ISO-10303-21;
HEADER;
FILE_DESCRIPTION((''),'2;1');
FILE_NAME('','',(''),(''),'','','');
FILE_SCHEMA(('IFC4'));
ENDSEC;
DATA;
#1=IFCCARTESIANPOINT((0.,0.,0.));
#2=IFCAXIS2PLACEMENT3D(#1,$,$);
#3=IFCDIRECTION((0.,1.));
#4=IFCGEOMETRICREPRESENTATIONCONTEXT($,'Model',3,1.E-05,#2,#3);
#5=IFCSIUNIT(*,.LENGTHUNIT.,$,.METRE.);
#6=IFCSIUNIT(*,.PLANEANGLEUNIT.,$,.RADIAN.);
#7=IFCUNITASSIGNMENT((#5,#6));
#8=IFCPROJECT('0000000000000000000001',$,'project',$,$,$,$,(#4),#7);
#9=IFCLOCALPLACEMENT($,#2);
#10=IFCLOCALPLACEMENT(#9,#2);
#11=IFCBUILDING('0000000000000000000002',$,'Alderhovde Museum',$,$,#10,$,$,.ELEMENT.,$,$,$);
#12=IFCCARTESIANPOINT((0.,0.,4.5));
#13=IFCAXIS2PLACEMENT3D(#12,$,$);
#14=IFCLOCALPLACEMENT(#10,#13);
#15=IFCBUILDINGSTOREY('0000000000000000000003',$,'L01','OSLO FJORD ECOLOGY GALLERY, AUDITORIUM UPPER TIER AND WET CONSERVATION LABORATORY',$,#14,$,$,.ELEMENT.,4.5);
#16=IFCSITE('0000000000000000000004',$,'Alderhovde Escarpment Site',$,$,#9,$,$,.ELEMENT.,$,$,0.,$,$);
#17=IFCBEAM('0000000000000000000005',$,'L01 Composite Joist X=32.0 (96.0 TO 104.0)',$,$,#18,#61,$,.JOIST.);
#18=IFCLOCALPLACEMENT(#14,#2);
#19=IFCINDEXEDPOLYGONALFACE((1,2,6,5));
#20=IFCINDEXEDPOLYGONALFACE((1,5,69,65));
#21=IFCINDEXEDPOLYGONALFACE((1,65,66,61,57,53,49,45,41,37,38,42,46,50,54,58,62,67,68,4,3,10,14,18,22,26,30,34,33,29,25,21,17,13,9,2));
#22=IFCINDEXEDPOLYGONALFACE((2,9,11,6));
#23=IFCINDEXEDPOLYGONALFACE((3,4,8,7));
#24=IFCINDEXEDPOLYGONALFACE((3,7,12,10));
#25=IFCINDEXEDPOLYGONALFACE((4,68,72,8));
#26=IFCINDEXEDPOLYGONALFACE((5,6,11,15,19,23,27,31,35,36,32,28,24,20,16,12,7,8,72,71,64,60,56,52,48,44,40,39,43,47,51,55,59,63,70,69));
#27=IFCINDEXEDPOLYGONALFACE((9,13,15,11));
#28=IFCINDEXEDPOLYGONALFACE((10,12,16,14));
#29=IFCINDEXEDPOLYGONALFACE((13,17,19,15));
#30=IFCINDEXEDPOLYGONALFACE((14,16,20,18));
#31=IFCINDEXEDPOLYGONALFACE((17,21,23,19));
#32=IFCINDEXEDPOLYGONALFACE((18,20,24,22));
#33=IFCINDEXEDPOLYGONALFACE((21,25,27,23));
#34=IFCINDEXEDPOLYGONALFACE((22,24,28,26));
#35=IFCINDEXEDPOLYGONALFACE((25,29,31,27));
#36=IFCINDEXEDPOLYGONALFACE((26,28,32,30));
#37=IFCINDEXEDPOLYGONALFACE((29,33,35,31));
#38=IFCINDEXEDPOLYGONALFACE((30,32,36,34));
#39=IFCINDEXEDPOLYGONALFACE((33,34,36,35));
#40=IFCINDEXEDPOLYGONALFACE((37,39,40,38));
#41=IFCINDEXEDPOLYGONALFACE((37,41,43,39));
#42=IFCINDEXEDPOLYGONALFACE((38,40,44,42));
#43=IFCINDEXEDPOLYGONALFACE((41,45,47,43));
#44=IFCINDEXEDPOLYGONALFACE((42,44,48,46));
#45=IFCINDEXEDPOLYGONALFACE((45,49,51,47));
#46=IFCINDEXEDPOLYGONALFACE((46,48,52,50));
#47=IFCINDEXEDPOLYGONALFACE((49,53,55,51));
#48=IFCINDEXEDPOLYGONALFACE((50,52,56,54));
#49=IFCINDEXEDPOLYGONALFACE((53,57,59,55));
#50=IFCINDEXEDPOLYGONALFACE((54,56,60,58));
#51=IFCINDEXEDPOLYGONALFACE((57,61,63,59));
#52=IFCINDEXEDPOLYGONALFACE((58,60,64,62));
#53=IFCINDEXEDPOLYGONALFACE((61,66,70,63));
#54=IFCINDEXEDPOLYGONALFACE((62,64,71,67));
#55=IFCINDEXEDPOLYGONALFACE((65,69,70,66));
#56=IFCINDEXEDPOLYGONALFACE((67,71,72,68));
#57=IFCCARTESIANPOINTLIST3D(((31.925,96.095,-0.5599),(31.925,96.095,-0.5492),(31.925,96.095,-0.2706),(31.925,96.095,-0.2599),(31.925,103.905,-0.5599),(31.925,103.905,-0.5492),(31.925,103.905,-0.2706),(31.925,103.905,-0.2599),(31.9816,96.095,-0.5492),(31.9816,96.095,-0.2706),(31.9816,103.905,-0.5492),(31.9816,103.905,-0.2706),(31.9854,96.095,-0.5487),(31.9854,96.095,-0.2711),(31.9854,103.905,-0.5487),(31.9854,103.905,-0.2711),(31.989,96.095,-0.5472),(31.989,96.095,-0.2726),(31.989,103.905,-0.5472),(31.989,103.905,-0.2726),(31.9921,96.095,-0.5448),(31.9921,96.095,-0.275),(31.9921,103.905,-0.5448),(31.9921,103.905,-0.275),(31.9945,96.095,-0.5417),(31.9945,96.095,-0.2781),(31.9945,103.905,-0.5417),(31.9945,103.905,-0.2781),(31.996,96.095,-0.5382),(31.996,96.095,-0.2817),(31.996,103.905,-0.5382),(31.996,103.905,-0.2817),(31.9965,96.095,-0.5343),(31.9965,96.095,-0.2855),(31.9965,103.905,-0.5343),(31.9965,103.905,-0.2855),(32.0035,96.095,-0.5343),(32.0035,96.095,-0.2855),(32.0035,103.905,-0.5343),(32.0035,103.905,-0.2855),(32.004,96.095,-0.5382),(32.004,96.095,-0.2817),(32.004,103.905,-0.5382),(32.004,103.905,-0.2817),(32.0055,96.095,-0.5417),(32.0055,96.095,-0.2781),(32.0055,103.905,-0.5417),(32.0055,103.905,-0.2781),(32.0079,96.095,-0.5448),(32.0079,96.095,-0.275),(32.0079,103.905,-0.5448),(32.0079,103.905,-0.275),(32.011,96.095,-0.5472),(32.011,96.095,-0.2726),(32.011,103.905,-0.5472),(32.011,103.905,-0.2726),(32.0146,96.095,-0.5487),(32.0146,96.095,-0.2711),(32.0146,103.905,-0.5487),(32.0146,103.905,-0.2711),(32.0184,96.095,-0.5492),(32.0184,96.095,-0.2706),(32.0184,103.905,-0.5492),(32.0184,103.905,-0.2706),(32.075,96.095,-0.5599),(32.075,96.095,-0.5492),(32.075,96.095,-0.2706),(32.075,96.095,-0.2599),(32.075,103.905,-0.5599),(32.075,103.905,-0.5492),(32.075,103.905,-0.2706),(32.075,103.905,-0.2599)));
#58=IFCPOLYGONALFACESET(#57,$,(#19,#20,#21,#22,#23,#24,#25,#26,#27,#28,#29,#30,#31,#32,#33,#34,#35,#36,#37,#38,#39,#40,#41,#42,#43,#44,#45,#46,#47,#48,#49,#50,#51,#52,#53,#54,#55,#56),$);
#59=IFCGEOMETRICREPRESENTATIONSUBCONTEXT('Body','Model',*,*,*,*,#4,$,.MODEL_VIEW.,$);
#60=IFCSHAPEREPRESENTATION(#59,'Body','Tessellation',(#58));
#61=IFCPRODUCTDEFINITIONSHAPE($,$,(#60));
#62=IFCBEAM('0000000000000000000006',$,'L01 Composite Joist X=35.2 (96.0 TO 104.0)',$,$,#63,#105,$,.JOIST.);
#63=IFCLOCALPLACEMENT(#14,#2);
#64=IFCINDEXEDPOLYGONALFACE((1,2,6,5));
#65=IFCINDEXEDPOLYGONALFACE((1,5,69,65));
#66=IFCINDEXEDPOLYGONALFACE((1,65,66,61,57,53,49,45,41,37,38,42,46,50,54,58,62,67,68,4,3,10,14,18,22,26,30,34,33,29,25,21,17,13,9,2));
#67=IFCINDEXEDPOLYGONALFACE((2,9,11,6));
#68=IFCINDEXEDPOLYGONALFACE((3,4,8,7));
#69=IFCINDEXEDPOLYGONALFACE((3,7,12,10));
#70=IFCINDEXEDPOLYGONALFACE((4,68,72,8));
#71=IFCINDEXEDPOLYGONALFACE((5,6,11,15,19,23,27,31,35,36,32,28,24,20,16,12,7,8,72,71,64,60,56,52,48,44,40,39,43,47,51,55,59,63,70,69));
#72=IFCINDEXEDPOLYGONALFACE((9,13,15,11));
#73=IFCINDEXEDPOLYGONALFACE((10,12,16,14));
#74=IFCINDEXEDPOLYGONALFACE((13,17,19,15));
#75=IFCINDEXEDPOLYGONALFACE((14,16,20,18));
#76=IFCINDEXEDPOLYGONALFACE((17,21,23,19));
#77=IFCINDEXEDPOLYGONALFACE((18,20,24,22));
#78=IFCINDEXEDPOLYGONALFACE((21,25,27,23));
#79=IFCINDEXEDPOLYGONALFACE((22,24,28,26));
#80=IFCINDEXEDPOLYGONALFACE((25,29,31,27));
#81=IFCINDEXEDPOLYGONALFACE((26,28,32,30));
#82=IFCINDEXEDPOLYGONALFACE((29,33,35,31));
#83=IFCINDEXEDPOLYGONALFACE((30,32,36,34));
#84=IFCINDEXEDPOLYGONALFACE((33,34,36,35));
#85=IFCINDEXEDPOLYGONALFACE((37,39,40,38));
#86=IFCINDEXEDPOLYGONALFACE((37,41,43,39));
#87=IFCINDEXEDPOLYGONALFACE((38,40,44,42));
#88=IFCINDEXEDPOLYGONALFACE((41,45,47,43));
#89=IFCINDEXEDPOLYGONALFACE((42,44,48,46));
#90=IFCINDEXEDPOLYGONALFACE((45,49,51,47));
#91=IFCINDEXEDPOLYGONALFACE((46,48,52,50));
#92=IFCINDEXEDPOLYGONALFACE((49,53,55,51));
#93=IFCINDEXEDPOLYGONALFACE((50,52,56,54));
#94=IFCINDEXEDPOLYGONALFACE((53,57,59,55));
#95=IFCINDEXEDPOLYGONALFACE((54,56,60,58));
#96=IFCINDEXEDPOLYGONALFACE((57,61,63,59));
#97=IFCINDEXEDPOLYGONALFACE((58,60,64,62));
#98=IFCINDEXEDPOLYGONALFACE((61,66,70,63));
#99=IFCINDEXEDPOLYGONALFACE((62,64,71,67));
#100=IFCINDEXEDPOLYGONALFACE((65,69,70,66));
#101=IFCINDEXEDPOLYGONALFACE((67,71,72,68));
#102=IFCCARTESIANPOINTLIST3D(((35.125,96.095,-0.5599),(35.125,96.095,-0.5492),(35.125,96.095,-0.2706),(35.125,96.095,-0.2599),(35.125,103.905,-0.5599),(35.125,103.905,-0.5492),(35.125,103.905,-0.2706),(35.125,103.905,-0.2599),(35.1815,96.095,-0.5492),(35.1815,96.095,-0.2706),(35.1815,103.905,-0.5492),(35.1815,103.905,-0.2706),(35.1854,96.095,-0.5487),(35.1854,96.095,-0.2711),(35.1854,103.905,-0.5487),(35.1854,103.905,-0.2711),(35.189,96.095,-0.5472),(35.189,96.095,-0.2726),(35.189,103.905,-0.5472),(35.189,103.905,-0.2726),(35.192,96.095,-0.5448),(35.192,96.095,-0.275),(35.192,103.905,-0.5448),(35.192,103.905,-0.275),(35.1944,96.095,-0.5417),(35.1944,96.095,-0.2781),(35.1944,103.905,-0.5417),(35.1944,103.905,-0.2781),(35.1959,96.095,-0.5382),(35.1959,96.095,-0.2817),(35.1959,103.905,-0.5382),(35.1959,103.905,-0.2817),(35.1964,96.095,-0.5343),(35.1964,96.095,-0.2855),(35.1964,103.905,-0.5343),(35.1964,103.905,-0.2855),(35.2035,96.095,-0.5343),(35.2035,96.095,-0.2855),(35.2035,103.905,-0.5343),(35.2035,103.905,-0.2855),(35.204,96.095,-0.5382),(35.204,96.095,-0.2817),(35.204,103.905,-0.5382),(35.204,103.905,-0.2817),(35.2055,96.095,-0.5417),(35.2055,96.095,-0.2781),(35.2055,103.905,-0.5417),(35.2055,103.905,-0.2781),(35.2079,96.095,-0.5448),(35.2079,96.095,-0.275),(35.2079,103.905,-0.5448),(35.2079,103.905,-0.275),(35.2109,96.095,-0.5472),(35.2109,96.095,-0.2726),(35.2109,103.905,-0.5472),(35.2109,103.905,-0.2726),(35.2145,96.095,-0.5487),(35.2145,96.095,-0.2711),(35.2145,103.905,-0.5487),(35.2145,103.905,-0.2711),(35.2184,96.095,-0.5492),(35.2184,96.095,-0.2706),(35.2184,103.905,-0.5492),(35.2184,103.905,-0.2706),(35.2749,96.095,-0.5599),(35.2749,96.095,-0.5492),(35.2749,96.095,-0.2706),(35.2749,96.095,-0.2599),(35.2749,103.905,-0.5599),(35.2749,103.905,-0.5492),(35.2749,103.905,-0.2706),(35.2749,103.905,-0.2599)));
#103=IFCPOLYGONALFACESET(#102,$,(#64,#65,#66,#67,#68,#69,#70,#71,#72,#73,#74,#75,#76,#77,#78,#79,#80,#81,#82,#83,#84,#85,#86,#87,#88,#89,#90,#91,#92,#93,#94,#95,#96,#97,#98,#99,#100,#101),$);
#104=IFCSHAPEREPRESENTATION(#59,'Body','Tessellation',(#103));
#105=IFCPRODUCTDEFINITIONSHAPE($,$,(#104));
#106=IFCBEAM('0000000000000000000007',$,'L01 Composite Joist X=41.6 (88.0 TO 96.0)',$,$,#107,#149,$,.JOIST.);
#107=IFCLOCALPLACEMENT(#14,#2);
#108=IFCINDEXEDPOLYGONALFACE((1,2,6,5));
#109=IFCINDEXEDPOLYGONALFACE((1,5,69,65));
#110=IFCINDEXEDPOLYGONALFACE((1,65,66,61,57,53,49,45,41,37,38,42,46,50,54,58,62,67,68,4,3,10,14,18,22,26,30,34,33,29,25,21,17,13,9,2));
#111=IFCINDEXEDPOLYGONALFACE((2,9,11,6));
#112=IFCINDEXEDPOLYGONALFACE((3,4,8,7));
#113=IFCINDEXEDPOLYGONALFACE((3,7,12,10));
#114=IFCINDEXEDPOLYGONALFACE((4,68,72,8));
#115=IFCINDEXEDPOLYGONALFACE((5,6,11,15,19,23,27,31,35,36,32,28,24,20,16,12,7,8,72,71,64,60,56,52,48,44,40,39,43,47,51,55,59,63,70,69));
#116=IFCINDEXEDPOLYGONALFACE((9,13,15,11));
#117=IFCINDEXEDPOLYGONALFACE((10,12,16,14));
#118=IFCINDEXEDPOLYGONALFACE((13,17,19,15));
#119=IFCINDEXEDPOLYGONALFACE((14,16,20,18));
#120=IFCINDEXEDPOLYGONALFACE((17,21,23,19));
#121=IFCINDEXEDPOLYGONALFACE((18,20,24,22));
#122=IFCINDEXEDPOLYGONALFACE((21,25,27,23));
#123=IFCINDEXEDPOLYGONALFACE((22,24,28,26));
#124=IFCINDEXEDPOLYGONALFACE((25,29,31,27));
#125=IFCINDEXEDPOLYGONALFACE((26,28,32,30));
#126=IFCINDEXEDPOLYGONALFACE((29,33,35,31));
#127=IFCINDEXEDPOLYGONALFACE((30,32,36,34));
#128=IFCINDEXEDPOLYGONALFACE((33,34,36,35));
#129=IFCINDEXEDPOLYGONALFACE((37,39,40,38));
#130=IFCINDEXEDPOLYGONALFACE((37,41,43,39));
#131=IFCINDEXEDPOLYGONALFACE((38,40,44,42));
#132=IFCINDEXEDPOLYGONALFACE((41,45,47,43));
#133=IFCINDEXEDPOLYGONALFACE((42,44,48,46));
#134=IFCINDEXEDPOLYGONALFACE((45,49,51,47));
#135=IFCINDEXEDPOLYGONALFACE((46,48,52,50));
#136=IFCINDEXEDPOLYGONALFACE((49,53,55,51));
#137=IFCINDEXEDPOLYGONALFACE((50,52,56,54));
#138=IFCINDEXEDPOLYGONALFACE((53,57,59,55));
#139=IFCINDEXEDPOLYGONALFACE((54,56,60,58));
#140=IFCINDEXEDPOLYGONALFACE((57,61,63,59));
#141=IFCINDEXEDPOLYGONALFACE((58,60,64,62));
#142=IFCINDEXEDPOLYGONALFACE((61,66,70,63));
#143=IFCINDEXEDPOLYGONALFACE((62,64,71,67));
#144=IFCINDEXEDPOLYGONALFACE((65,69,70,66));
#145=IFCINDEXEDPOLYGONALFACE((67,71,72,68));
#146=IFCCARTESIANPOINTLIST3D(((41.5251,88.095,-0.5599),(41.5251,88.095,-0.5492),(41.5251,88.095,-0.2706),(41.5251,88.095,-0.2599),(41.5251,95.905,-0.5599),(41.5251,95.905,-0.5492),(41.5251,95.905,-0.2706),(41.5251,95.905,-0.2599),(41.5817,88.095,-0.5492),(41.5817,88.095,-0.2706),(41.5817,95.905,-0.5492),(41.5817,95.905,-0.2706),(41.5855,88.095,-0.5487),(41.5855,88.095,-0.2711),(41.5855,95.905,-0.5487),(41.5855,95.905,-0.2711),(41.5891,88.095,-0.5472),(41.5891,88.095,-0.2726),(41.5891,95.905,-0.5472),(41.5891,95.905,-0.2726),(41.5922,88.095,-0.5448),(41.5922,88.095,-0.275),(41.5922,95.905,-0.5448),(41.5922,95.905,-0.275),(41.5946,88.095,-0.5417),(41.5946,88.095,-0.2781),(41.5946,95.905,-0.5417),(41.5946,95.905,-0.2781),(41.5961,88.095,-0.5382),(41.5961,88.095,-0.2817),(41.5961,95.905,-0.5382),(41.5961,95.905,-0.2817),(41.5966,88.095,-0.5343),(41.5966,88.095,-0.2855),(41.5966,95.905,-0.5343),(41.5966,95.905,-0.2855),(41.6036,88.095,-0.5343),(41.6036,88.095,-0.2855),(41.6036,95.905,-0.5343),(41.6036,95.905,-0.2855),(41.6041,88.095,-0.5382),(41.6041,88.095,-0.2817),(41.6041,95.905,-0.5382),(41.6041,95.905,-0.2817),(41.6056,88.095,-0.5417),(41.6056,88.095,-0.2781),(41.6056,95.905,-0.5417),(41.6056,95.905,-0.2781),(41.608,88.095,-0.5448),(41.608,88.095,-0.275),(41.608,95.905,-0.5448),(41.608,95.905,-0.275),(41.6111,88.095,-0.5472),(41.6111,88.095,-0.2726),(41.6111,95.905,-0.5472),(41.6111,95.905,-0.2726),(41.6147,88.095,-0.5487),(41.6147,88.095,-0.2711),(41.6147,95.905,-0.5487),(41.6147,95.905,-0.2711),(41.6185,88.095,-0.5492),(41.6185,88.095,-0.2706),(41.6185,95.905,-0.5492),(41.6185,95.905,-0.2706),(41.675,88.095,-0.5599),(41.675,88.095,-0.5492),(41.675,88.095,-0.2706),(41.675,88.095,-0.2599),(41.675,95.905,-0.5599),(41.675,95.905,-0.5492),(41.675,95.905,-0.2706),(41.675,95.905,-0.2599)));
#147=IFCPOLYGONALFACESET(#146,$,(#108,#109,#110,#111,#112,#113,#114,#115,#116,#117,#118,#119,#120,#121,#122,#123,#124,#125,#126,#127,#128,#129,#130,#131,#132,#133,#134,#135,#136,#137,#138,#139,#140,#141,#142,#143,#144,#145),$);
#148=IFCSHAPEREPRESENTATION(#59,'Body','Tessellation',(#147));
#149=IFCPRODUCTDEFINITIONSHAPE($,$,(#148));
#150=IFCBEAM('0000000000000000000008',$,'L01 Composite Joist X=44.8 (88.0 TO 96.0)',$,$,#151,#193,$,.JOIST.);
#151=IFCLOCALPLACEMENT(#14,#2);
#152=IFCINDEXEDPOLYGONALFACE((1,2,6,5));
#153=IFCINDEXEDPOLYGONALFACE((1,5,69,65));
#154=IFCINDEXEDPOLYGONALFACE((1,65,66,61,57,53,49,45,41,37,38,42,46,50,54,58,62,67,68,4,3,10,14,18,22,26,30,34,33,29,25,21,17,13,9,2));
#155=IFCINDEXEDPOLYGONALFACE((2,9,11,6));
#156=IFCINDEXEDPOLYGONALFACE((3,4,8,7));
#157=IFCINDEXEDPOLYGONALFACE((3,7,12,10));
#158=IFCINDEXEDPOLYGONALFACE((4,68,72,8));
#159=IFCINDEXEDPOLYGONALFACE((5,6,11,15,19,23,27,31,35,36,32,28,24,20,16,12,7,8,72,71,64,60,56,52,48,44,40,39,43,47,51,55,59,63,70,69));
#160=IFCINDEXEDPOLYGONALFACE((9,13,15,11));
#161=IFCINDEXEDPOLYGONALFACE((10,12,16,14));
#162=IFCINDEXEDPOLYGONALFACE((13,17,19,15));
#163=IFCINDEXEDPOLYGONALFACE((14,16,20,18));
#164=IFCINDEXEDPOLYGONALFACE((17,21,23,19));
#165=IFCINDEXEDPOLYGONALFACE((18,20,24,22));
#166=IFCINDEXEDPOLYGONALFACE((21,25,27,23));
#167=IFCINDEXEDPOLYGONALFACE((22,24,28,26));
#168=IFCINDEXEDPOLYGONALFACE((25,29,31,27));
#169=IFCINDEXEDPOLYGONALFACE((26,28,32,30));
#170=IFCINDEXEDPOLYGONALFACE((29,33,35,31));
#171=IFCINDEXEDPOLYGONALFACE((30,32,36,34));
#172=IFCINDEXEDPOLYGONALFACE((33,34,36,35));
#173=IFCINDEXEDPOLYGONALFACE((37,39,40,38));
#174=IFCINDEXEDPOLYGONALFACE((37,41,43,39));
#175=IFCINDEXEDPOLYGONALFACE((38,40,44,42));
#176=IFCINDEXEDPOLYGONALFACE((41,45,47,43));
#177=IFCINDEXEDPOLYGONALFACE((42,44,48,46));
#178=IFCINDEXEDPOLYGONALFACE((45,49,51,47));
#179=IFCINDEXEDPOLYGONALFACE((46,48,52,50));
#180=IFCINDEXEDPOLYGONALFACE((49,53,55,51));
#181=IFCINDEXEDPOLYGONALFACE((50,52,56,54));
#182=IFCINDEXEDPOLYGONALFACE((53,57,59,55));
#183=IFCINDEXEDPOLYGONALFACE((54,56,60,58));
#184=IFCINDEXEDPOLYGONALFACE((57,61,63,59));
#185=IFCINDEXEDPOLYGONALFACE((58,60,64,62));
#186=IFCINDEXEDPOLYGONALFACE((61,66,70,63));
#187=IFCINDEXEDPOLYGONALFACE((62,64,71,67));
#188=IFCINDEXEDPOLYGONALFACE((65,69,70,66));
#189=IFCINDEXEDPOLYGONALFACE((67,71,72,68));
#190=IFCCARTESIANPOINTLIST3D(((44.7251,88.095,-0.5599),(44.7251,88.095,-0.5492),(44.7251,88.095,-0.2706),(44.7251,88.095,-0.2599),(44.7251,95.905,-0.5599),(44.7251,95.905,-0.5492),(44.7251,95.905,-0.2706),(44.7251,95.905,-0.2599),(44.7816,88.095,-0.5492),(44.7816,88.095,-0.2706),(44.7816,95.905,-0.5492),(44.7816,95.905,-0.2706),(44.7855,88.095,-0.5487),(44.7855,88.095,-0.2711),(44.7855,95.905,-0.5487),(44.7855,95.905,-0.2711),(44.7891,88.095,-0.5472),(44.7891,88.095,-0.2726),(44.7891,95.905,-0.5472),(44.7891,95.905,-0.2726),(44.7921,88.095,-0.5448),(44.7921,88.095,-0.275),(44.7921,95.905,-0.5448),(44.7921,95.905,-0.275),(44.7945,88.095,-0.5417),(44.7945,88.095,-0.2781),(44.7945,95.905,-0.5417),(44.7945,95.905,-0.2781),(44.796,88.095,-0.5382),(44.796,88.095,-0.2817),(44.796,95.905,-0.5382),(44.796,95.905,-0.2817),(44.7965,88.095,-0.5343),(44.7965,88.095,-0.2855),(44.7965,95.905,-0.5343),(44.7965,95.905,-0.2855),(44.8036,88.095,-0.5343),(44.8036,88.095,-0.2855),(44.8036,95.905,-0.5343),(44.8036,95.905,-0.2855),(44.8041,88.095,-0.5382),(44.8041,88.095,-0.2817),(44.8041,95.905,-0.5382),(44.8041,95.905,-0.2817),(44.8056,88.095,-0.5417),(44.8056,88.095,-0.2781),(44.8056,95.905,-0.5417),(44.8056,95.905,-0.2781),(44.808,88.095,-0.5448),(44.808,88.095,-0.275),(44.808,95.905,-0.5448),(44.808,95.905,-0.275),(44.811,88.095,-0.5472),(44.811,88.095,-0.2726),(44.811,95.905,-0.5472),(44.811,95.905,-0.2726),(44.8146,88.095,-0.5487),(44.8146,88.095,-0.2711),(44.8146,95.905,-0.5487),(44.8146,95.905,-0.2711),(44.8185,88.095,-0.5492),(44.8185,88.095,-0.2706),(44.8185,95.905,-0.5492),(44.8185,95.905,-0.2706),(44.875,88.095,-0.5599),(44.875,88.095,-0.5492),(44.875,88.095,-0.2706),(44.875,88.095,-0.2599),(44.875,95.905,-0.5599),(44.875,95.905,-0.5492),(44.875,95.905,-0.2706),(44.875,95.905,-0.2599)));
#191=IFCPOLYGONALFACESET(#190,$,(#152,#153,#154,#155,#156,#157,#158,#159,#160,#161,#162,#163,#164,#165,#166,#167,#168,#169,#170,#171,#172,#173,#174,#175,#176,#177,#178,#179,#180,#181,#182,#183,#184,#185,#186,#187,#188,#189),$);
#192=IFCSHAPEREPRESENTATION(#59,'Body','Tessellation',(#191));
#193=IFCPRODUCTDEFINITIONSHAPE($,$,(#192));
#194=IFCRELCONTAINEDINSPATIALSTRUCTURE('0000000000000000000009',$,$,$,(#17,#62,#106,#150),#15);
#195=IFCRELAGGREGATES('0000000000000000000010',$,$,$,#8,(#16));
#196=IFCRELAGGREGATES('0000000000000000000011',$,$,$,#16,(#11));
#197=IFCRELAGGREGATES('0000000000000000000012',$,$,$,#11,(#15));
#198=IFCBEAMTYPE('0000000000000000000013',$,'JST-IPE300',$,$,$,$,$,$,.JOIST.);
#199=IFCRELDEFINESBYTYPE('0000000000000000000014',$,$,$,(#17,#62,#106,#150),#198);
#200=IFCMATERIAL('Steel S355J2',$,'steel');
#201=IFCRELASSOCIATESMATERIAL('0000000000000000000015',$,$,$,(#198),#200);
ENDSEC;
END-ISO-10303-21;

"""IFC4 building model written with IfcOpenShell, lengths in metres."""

from ifc_helpers import new_model, si_unit, direction, frame, origin, origin_2d, place, context, subcontext, project, spatial, i_section, extrude, material, material_profile, profile_set, type_object, element, save


model = new_model("IFC4")

# Units and contexts
model_context = context("Model", 3, precision=1e-05, world=origin(), true_north=direction((0.0, 1.0)))
body_context = subcontext(model_context, "Body", "Model", "MODEL_VIEW")
ifc_project = project(units=[si_unit("LENGTHUNIT", "METRE"), si_unit("PLANEANGLEUNIT", "RADIAN")], contexts=[model_context])

# Site, building, storey
site_placement = place(None, origin())
site = spatial("IfcSite", under=ifc_project, at=site_placement, Name="Alderhovde Escarpment Site", CompositionType="ELEMENT", RefElevation=0.0)
building_placement = place(site_placement, origin())
building = spatial("IfcBuilding", under=site, at=building_placement, Name="Alderhovde Museum", CompositionType="ELEMENT")
storey_placement = place(building_placement, frame((0.0, 0.0, 4.5)))
storey = spatial("IfcBuildingStorey", under=building, at=storey_placement, Name="L01", Description="OSLO FJORD ECOLOGY GALLERY, AUDITORIUM UPPER TIER AND WET CONSERVATION LABORATORY", CompositionType="ELEMENT", Elevation=4.5)

# Beams
ifc_material_1 = material(Name="Steel S355J2", Category="steel")
ifc_material_profile_1 = material_profile(ifc_material_1, i_section(OverallWidth=0.1499, OverallDepth=0.3, WebThickness=0.0071, FlangeThickness=0.0107, FilletRadius=0.0149, at=origin_2d()), Name="IPE 300")
ifc_profile_set_1 = profile_set([ifc_material_profile_1], Name="Steel S355J2")
beam_type_1 = type_object("IfcBeamType", Name="JST-IPE300", PredefinedType="JOIST", material=ifc_profile_set_1)
for number, where, z_axis, x_axis, name in (
    (1, (32.0, 96.095, -0.4099), (0.0, 1.0, 0.0), (-1.0, 0.0, 0.0), "L01 Composite Joist X=32.0 (96.0 TO 104.0)"),
    (2, (35.2, 96.095, -0.4099), (0.0, 1.0, 0.0), (-1.0, 0.0, 0.0), "L01 Composite Joist X=35.2 (96.0 TO 104.0)"),
    (3, (41.6001, 88.095, -0.4099), (0.0, 1.0, 0.0), (-1.0, 0.0, 0.0), "L01 Composite Joist X=41.6 (88.0 TO 96.0)"),
    (4, (44.8, 88.095, -0.4099), (0.0, 1.0, 0.0), (-1.0, 0.0, 0.0), "L01 Composite Joist X=44.8 (88.0 TO 96.0)"),
):
    element("IfcBeam", number, at=place(storey_placement, frame(where, z_axis=z_axis, x_axis=x_axis)), inside=storey, type_object=beam_type_1, Name=name, PredefinedType="JOIST", context=body_context, shape_type="SweptSolid", body=[
        extrude(i_section(OverallWidth=0.1499, OverallDepth=0.3, WebThickness=0.0071, FlangeThickness=0.0107, FilletRadius=0.0149, at=origin_2d()), origin(), (0.0, 0.0, 1.0), 7.8101),
    ])

save(model, "model.ifc")
